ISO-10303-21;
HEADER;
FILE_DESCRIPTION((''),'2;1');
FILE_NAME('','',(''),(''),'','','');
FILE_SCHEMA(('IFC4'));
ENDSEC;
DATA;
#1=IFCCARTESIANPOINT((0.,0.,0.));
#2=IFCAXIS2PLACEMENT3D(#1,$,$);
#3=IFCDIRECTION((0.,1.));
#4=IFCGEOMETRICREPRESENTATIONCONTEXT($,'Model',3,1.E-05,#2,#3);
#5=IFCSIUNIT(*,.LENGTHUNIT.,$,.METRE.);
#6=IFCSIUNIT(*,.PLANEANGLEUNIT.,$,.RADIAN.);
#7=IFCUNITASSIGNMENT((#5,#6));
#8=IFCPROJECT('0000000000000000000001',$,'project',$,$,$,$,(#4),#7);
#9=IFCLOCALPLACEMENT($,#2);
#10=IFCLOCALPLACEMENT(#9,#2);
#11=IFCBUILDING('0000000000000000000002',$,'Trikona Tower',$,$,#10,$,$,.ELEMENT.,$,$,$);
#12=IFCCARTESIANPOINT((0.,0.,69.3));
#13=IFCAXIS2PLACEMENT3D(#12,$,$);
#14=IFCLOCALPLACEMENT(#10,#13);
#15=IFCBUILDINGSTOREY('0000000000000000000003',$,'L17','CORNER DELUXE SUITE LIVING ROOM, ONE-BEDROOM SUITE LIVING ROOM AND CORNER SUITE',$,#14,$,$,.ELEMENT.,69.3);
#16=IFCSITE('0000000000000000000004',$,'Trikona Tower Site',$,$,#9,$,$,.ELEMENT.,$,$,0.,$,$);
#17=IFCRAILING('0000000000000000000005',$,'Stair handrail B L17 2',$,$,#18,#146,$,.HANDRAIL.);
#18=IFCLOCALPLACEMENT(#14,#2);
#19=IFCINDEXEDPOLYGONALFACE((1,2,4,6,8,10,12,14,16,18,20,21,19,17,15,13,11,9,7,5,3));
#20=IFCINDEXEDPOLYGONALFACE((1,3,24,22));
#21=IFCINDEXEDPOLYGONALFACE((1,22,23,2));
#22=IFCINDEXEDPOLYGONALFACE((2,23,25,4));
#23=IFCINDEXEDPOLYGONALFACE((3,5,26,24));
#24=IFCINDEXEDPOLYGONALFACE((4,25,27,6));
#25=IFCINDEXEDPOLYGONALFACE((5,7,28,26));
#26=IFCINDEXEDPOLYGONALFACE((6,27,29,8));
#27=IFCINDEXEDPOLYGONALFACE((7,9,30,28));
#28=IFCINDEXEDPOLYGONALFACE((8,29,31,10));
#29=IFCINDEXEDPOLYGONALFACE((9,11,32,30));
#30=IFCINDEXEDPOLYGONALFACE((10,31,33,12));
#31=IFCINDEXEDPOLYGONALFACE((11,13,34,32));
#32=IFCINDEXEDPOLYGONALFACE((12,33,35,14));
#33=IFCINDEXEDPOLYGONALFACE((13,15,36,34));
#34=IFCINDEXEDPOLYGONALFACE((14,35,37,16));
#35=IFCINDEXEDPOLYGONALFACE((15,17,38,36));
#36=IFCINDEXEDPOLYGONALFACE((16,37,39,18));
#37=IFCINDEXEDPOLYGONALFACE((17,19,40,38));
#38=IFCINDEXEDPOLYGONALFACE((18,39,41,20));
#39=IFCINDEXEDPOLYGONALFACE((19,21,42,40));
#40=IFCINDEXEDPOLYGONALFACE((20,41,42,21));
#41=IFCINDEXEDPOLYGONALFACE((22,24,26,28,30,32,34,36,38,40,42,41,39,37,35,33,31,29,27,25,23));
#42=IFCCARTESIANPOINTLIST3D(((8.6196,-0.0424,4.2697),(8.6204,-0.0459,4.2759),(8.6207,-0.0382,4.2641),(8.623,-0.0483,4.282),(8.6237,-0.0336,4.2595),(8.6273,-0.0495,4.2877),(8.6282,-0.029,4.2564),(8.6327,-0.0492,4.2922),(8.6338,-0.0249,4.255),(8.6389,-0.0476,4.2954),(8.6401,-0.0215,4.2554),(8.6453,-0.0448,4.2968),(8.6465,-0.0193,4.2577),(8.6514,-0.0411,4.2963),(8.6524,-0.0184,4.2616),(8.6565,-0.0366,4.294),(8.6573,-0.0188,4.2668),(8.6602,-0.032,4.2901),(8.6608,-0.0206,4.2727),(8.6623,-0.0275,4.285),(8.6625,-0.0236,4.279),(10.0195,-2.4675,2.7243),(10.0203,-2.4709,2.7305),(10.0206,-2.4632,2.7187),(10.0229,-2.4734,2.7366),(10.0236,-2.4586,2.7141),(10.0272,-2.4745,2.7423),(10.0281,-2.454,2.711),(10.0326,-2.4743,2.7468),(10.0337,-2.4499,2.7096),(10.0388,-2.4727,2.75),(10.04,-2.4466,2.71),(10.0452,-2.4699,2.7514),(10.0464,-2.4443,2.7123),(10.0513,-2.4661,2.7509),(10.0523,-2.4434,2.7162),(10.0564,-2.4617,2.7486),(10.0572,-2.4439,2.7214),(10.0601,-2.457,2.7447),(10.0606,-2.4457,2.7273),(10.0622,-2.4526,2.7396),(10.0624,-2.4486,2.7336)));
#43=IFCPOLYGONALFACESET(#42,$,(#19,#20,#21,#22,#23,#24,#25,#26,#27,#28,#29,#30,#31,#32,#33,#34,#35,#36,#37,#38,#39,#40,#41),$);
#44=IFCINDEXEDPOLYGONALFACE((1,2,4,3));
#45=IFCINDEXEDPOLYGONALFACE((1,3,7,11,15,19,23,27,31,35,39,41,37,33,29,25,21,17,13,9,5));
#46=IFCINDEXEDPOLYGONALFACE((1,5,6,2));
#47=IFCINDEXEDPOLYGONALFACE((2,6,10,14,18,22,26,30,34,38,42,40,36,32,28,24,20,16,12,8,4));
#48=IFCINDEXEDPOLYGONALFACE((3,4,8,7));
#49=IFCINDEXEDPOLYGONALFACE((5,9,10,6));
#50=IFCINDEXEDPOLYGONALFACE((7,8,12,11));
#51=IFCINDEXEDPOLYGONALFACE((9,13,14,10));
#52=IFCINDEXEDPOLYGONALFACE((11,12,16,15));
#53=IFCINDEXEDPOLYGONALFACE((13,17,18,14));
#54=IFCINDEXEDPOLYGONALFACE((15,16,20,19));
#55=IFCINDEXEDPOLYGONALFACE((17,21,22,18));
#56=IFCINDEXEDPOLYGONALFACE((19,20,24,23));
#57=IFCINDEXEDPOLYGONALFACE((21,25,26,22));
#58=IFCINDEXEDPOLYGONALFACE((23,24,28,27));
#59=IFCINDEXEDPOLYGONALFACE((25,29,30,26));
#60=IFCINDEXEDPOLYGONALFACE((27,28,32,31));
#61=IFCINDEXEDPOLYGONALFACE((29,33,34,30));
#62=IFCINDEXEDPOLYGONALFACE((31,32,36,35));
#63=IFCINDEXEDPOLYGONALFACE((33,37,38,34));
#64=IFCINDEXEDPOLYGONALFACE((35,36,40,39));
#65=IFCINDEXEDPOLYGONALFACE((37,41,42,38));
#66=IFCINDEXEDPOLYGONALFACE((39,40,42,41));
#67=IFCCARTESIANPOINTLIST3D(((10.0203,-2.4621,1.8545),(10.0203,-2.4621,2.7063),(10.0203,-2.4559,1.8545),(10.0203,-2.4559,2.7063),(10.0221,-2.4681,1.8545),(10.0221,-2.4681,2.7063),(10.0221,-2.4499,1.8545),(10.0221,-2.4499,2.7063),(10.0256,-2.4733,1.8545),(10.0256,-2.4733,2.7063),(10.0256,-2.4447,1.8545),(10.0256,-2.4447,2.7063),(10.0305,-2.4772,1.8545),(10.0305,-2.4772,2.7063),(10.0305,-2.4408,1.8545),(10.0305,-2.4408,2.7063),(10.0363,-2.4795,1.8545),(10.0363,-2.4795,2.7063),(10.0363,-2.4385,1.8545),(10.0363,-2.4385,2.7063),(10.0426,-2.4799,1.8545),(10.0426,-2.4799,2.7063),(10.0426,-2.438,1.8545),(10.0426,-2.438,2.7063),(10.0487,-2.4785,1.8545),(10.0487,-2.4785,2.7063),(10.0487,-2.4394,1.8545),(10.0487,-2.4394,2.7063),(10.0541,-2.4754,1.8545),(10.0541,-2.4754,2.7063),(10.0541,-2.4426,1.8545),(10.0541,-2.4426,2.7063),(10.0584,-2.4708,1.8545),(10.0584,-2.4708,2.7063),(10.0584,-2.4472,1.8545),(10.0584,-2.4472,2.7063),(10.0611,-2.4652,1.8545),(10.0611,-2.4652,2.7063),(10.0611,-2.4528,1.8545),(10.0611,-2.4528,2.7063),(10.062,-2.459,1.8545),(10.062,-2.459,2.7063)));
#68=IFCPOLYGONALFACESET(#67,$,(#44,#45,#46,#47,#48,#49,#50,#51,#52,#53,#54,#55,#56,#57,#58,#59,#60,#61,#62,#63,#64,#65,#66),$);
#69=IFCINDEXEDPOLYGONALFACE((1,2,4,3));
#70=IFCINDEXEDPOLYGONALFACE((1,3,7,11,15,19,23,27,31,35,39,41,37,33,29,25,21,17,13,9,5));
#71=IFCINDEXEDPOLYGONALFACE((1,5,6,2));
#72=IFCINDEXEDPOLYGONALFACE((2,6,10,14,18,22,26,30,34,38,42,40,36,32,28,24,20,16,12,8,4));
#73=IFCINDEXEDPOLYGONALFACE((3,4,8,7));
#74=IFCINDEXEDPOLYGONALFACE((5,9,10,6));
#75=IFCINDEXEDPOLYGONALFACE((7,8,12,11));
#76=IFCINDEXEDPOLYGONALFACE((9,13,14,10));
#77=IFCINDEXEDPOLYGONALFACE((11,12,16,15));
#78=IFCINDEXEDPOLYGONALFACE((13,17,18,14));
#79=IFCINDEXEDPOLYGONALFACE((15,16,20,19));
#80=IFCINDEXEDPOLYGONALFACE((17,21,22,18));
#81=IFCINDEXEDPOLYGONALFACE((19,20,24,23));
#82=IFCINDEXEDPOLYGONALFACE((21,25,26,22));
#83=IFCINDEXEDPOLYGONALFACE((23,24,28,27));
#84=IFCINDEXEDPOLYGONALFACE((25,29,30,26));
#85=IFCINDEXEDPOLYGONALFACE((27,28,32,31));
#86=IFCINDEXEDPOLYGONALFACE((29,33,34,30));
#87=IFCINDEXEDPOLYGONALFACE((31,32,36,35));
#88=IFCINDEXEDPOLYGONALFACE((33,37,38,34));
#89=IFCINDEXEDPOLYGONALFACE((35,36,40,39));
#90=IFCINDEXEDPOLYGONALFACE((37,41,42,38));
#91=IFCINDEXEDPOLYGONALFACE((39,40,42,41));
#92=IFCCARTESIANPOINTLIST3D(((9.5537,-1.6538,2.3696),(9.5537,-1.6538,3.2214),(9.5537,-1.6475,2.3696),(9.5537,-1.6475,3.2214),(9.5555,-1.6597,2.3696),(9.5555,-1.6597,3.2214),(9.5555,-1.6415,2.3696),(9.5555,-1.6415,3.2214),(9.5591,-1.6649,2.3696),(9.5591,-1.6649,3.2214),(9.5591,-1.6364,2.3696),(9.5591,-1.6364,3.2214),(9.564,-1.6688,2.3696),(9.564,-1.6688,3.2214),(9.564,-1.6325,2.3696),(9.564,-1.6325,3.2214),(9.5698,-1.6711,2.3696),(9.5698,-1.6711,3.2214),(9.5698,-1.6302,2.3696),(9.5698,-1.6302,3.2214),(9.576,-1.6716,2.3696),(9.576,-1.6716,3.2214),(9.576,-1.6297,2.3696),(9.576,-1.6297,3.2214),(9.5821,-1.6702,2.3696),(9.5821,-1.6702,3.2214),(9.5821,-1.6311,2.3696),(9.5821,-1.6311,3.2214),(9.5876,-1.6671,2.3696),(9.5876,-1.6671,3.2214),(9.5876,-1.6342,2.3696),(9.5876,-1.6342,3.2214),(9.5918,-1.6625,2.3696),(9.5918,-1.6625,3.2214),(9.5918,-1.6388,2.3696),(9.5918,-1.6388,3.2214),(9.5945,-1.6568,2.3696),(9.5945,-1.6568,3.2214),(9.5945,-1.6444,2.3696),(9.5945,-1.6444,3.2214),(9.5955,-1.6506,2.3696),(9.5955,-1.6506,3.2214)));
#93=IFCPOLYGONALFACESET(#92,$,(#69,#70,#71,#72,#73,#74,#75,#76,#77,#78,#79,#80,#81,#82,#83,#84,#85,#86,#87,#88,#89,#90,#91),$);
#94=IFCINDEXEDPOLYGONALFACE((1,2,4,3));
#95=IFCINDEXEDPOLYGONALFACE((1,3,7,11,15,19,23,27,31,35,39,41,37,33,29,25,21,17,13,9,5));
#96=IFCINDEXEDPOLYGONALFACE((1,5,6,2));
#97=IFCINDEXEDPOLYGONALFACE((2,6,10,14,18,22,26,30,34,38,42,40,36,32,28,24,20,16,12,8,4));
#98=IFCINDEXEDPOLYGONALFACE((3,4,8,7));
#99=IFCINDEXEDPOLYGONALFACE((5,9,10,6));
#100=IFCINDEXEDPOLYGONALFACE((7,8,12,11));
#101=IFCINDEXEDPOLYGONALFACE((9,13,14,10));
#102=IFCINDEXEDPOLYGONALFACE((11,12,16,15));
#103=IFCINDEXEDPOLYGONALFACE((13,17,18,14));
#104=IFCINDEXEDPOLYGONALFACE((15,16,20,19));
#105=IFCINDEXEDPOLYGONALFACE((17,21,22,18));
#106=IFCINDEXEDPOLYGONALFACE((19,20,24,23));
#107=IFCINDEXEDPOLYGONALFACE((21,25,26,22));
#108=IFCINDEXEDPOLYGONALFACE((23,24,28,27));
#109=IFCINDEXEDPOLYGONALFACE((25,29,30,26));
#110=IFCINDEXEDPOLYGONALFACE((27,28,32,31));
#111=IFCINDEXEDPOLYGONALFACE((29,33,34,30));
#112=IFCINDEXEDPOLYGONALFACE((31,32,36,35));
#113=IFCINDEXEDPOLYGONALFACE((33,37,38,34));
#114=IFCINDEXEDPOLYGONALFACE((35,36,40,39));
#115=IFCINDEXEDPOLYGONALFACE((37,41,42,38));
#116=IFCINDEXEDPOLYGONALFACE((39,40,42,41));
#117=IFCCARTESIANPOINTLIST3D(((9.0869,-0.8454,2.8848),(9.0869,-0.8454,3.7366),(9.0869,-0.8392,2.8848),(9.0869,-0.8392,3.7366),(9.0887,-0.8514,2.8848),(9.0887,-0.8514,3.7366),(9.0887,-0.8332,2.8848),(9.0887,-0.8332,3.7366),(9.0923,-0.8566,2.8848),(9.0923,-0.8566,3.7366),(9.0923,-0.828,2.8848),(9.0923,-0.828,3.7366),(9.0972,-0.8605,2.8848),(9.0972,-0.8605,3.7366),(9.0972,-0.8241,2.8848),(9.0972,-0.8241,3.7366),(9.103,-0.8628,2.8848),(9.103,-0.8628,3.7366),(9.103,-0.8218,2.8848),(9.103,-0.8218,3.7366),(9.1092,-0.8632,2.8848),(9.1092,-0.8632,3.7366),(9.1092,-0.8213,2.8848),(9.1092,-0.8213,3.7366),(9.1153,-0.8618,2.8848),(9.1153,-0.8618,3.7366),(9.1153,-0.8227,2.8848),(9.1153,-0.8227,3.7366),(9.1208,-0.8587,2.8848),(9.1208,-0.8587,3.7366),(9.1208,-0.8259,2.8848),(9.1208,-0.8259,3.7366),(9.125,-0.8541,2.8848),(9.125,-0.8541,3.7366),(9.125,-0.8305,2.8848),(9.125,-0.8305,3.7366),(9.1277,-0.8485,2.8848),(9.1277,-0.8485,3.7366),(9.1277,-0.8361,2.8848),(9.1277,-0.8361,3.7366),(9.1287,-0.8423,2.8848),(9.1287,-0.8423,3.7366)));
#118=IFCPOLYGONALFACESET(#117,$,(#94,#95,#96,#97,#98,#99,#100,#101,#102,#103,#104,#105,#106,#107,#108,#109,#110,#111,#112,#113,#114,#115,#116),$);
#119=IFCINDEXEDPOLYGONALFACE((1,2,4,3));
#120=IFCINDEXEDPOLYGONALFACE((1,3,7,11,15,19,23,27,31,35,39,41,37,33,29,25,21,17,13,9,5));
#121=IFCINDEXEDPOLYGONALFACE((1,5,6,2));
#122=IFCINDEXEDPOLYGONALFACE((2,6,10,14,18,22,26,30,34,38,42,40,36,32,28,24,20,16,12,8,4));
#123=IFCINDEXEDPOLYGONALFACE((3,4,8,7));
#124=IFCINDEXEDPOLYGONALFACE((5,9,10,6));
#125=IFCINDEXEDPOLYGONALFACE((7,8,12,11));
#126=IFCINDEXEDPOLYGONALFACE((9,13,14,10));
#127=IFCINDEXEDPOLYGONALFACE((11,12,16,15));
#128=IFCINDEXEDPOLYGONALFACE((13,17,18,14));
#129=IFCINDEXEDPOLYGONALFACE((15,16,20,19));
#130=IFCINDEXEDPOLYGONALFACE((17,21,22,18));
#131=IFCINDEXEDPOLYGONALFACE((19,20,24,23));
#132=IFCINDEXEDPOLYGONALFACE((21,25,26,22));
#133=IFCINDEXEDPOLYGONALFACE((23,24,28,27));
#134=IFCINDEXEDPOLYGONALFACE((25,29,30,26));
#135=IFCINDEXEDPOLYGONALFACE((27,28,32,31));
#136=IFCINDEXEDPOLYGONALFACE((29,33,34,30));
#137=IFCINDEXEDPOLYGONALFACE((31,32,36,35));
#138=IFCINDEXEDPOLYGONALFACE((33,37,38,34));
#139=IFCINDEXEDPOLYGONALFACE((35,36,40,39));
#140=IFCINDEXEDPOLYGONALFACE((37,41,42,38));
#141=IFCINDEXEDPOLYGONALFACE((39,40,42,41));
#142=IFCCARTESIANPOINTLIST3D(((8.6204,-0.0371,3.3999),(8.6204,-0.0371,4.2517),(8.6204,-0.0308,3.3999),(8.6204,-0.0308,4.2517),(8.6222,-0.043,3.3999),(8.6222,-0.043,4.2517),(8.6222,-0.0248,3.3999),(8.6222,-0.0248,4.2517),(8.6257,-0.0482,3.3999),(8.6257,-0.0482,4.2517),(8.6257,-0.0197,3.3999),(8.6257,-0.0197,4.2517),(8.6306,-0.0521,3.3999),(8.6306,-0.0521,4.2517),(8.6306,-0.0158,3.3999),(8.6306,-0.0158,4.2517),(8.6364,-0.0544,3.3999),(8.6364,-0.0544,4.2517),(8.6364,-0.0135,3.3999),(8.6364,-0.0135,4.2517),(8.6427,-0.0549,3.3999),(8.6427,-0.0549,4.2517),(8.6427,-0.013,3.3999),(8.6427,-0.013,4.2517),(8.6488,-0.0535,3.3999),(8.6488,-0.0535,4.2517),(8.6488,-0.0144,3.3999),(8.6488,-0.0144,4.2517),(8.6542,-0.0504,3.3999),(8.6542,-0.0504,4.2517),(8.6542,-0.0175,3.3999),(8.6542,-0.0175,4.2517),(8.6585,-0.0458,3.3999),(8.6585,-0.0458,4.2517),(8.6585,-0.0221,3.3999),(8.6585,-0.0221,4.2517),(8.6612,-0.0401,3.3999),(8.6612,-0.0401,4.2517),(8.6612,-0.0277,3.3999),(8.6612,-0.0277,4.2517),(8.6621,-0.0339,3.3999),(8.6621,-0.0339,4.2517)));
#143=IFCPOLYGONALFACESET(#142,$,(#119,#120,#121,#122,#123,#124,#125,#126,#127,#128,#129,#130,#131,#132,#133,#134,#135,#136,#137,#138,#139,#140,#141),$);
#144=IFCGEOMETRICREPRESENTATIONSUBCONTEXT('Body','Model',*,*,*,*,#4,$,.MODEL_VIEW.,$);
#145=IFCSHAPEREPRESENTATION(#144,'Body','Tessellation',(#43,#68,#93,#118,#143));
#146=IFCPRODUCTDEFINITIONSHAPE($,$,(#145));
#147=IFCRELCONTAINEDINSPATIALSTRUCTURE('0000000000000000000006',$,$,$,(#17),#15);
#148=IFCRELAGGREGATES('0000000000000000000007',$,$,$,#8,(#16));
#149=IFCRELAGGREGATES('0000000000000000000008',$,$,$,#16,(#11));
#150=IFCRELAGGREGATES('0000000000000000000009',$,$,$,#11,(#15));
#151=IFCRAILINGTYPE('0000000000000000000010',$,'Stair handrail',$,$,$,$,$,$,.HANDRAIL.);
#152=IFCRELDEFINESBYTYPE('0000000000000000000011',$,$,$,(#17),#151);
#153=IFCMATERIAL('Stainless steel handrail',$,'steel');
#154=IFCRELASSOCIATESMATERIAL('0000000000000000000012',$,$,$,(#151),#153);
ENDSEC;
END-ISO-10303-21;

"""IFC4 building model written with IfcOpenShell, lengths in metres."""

from ifc_helpers import new_model, si_unit, direction, frame, origin, origin_2d, place, context, subcontext, project, spatial, circle, extrude, material, type_object, element, save


model = new_model("IFC4")

# Units and contexts
model_context = context("Model", 3, precision=1e-05, world=origin(), true_north=direction((0.0, 1.0)))
body_context = subcontext(model_context, "Body", "Model", "MODEL_VIEW")
ifc_project = project(units=[si_unit("LENGTHUNIT", "METRE"), si_unit("PLANEANGLEUNIT", "RADIAN")], contexts=[model_context])

# Site, building, storey
site_placement = place(None, origin())
site = spatial("IfcSite", under=ifc_project, at=site_placement, Name="Trikona Tower Site", CompositionType="ELEMENT", RefElevation=0.0)
building_placement = place(site_placement, origin())
building = spatial("IfcBuilding", under=site, at=building_placement, Name="Trikona Tower", CompositionType="ELEMENT")
storey_placement = place(building_placement, frame((0.0, 0.0, 69.3)))
storey = spatial("IfcBuildingStorey", under=building, at=storey_placement, Name="L17", Description="CORNER DELUXE SUITE LIVING ROOM, ONE-BEDROOM SUITE LIVING ROOM AND CORNER SUITE", CompositionType="ELEMENT", Elevation=69.3)

# Railing
ifc_material_1 = material(Name="Stainless steel handrail", Category="steel")
railing_type = type_object("IfcRailingType", Name="Stair handrail", PredefinedType="HANDRAIL", material=ifc_material_1)
railing_placement = place(storey_placement, frame((10.041, -2.459, 1.8545)))
element("IfcRailing", 1, at=railing_placement, inside=storey, type_object=railing_type, Name="Stair handrail B L17 2", PredefinedType="HANDRAIL", context=body_context, shape_type="SweptSolid", body=[
    extrude(circle(Radius=0.0239, at=origin_2d()), frame((0.0, 0.0, 0.876), z_axis=(-0.437707, 0.75824, 0.483203), x_axis=(-0.866056, -0.499946, 0.0)), (0.0, 0.0, 1.0), 3.1982),
    extrude(circle(Radius=0.021, at=origin_2d()), origin(), (0.0, 0.0, 1.0), 0.8518),
    extrude(circle(Radius=0.021, at=origin_2d()), frame((-0.4666, 0.8083, 0.5151)), (0.0, 0.0, 1.0), 0.8518),
    extrude(circle(Radius=0.021, at=origin_2d()), frame((-0.9333, 1.6167, 1.0303)), (0.0, 0.0, 1.0), 0.8518),
    extrude(circle(Radius=0.021, at=origin_2d()), frame((-1.3999, 2.425, 1.5454)), (0.0, 0.0, 1.0), 0.8518),
])

save(model, "model.ifc")
